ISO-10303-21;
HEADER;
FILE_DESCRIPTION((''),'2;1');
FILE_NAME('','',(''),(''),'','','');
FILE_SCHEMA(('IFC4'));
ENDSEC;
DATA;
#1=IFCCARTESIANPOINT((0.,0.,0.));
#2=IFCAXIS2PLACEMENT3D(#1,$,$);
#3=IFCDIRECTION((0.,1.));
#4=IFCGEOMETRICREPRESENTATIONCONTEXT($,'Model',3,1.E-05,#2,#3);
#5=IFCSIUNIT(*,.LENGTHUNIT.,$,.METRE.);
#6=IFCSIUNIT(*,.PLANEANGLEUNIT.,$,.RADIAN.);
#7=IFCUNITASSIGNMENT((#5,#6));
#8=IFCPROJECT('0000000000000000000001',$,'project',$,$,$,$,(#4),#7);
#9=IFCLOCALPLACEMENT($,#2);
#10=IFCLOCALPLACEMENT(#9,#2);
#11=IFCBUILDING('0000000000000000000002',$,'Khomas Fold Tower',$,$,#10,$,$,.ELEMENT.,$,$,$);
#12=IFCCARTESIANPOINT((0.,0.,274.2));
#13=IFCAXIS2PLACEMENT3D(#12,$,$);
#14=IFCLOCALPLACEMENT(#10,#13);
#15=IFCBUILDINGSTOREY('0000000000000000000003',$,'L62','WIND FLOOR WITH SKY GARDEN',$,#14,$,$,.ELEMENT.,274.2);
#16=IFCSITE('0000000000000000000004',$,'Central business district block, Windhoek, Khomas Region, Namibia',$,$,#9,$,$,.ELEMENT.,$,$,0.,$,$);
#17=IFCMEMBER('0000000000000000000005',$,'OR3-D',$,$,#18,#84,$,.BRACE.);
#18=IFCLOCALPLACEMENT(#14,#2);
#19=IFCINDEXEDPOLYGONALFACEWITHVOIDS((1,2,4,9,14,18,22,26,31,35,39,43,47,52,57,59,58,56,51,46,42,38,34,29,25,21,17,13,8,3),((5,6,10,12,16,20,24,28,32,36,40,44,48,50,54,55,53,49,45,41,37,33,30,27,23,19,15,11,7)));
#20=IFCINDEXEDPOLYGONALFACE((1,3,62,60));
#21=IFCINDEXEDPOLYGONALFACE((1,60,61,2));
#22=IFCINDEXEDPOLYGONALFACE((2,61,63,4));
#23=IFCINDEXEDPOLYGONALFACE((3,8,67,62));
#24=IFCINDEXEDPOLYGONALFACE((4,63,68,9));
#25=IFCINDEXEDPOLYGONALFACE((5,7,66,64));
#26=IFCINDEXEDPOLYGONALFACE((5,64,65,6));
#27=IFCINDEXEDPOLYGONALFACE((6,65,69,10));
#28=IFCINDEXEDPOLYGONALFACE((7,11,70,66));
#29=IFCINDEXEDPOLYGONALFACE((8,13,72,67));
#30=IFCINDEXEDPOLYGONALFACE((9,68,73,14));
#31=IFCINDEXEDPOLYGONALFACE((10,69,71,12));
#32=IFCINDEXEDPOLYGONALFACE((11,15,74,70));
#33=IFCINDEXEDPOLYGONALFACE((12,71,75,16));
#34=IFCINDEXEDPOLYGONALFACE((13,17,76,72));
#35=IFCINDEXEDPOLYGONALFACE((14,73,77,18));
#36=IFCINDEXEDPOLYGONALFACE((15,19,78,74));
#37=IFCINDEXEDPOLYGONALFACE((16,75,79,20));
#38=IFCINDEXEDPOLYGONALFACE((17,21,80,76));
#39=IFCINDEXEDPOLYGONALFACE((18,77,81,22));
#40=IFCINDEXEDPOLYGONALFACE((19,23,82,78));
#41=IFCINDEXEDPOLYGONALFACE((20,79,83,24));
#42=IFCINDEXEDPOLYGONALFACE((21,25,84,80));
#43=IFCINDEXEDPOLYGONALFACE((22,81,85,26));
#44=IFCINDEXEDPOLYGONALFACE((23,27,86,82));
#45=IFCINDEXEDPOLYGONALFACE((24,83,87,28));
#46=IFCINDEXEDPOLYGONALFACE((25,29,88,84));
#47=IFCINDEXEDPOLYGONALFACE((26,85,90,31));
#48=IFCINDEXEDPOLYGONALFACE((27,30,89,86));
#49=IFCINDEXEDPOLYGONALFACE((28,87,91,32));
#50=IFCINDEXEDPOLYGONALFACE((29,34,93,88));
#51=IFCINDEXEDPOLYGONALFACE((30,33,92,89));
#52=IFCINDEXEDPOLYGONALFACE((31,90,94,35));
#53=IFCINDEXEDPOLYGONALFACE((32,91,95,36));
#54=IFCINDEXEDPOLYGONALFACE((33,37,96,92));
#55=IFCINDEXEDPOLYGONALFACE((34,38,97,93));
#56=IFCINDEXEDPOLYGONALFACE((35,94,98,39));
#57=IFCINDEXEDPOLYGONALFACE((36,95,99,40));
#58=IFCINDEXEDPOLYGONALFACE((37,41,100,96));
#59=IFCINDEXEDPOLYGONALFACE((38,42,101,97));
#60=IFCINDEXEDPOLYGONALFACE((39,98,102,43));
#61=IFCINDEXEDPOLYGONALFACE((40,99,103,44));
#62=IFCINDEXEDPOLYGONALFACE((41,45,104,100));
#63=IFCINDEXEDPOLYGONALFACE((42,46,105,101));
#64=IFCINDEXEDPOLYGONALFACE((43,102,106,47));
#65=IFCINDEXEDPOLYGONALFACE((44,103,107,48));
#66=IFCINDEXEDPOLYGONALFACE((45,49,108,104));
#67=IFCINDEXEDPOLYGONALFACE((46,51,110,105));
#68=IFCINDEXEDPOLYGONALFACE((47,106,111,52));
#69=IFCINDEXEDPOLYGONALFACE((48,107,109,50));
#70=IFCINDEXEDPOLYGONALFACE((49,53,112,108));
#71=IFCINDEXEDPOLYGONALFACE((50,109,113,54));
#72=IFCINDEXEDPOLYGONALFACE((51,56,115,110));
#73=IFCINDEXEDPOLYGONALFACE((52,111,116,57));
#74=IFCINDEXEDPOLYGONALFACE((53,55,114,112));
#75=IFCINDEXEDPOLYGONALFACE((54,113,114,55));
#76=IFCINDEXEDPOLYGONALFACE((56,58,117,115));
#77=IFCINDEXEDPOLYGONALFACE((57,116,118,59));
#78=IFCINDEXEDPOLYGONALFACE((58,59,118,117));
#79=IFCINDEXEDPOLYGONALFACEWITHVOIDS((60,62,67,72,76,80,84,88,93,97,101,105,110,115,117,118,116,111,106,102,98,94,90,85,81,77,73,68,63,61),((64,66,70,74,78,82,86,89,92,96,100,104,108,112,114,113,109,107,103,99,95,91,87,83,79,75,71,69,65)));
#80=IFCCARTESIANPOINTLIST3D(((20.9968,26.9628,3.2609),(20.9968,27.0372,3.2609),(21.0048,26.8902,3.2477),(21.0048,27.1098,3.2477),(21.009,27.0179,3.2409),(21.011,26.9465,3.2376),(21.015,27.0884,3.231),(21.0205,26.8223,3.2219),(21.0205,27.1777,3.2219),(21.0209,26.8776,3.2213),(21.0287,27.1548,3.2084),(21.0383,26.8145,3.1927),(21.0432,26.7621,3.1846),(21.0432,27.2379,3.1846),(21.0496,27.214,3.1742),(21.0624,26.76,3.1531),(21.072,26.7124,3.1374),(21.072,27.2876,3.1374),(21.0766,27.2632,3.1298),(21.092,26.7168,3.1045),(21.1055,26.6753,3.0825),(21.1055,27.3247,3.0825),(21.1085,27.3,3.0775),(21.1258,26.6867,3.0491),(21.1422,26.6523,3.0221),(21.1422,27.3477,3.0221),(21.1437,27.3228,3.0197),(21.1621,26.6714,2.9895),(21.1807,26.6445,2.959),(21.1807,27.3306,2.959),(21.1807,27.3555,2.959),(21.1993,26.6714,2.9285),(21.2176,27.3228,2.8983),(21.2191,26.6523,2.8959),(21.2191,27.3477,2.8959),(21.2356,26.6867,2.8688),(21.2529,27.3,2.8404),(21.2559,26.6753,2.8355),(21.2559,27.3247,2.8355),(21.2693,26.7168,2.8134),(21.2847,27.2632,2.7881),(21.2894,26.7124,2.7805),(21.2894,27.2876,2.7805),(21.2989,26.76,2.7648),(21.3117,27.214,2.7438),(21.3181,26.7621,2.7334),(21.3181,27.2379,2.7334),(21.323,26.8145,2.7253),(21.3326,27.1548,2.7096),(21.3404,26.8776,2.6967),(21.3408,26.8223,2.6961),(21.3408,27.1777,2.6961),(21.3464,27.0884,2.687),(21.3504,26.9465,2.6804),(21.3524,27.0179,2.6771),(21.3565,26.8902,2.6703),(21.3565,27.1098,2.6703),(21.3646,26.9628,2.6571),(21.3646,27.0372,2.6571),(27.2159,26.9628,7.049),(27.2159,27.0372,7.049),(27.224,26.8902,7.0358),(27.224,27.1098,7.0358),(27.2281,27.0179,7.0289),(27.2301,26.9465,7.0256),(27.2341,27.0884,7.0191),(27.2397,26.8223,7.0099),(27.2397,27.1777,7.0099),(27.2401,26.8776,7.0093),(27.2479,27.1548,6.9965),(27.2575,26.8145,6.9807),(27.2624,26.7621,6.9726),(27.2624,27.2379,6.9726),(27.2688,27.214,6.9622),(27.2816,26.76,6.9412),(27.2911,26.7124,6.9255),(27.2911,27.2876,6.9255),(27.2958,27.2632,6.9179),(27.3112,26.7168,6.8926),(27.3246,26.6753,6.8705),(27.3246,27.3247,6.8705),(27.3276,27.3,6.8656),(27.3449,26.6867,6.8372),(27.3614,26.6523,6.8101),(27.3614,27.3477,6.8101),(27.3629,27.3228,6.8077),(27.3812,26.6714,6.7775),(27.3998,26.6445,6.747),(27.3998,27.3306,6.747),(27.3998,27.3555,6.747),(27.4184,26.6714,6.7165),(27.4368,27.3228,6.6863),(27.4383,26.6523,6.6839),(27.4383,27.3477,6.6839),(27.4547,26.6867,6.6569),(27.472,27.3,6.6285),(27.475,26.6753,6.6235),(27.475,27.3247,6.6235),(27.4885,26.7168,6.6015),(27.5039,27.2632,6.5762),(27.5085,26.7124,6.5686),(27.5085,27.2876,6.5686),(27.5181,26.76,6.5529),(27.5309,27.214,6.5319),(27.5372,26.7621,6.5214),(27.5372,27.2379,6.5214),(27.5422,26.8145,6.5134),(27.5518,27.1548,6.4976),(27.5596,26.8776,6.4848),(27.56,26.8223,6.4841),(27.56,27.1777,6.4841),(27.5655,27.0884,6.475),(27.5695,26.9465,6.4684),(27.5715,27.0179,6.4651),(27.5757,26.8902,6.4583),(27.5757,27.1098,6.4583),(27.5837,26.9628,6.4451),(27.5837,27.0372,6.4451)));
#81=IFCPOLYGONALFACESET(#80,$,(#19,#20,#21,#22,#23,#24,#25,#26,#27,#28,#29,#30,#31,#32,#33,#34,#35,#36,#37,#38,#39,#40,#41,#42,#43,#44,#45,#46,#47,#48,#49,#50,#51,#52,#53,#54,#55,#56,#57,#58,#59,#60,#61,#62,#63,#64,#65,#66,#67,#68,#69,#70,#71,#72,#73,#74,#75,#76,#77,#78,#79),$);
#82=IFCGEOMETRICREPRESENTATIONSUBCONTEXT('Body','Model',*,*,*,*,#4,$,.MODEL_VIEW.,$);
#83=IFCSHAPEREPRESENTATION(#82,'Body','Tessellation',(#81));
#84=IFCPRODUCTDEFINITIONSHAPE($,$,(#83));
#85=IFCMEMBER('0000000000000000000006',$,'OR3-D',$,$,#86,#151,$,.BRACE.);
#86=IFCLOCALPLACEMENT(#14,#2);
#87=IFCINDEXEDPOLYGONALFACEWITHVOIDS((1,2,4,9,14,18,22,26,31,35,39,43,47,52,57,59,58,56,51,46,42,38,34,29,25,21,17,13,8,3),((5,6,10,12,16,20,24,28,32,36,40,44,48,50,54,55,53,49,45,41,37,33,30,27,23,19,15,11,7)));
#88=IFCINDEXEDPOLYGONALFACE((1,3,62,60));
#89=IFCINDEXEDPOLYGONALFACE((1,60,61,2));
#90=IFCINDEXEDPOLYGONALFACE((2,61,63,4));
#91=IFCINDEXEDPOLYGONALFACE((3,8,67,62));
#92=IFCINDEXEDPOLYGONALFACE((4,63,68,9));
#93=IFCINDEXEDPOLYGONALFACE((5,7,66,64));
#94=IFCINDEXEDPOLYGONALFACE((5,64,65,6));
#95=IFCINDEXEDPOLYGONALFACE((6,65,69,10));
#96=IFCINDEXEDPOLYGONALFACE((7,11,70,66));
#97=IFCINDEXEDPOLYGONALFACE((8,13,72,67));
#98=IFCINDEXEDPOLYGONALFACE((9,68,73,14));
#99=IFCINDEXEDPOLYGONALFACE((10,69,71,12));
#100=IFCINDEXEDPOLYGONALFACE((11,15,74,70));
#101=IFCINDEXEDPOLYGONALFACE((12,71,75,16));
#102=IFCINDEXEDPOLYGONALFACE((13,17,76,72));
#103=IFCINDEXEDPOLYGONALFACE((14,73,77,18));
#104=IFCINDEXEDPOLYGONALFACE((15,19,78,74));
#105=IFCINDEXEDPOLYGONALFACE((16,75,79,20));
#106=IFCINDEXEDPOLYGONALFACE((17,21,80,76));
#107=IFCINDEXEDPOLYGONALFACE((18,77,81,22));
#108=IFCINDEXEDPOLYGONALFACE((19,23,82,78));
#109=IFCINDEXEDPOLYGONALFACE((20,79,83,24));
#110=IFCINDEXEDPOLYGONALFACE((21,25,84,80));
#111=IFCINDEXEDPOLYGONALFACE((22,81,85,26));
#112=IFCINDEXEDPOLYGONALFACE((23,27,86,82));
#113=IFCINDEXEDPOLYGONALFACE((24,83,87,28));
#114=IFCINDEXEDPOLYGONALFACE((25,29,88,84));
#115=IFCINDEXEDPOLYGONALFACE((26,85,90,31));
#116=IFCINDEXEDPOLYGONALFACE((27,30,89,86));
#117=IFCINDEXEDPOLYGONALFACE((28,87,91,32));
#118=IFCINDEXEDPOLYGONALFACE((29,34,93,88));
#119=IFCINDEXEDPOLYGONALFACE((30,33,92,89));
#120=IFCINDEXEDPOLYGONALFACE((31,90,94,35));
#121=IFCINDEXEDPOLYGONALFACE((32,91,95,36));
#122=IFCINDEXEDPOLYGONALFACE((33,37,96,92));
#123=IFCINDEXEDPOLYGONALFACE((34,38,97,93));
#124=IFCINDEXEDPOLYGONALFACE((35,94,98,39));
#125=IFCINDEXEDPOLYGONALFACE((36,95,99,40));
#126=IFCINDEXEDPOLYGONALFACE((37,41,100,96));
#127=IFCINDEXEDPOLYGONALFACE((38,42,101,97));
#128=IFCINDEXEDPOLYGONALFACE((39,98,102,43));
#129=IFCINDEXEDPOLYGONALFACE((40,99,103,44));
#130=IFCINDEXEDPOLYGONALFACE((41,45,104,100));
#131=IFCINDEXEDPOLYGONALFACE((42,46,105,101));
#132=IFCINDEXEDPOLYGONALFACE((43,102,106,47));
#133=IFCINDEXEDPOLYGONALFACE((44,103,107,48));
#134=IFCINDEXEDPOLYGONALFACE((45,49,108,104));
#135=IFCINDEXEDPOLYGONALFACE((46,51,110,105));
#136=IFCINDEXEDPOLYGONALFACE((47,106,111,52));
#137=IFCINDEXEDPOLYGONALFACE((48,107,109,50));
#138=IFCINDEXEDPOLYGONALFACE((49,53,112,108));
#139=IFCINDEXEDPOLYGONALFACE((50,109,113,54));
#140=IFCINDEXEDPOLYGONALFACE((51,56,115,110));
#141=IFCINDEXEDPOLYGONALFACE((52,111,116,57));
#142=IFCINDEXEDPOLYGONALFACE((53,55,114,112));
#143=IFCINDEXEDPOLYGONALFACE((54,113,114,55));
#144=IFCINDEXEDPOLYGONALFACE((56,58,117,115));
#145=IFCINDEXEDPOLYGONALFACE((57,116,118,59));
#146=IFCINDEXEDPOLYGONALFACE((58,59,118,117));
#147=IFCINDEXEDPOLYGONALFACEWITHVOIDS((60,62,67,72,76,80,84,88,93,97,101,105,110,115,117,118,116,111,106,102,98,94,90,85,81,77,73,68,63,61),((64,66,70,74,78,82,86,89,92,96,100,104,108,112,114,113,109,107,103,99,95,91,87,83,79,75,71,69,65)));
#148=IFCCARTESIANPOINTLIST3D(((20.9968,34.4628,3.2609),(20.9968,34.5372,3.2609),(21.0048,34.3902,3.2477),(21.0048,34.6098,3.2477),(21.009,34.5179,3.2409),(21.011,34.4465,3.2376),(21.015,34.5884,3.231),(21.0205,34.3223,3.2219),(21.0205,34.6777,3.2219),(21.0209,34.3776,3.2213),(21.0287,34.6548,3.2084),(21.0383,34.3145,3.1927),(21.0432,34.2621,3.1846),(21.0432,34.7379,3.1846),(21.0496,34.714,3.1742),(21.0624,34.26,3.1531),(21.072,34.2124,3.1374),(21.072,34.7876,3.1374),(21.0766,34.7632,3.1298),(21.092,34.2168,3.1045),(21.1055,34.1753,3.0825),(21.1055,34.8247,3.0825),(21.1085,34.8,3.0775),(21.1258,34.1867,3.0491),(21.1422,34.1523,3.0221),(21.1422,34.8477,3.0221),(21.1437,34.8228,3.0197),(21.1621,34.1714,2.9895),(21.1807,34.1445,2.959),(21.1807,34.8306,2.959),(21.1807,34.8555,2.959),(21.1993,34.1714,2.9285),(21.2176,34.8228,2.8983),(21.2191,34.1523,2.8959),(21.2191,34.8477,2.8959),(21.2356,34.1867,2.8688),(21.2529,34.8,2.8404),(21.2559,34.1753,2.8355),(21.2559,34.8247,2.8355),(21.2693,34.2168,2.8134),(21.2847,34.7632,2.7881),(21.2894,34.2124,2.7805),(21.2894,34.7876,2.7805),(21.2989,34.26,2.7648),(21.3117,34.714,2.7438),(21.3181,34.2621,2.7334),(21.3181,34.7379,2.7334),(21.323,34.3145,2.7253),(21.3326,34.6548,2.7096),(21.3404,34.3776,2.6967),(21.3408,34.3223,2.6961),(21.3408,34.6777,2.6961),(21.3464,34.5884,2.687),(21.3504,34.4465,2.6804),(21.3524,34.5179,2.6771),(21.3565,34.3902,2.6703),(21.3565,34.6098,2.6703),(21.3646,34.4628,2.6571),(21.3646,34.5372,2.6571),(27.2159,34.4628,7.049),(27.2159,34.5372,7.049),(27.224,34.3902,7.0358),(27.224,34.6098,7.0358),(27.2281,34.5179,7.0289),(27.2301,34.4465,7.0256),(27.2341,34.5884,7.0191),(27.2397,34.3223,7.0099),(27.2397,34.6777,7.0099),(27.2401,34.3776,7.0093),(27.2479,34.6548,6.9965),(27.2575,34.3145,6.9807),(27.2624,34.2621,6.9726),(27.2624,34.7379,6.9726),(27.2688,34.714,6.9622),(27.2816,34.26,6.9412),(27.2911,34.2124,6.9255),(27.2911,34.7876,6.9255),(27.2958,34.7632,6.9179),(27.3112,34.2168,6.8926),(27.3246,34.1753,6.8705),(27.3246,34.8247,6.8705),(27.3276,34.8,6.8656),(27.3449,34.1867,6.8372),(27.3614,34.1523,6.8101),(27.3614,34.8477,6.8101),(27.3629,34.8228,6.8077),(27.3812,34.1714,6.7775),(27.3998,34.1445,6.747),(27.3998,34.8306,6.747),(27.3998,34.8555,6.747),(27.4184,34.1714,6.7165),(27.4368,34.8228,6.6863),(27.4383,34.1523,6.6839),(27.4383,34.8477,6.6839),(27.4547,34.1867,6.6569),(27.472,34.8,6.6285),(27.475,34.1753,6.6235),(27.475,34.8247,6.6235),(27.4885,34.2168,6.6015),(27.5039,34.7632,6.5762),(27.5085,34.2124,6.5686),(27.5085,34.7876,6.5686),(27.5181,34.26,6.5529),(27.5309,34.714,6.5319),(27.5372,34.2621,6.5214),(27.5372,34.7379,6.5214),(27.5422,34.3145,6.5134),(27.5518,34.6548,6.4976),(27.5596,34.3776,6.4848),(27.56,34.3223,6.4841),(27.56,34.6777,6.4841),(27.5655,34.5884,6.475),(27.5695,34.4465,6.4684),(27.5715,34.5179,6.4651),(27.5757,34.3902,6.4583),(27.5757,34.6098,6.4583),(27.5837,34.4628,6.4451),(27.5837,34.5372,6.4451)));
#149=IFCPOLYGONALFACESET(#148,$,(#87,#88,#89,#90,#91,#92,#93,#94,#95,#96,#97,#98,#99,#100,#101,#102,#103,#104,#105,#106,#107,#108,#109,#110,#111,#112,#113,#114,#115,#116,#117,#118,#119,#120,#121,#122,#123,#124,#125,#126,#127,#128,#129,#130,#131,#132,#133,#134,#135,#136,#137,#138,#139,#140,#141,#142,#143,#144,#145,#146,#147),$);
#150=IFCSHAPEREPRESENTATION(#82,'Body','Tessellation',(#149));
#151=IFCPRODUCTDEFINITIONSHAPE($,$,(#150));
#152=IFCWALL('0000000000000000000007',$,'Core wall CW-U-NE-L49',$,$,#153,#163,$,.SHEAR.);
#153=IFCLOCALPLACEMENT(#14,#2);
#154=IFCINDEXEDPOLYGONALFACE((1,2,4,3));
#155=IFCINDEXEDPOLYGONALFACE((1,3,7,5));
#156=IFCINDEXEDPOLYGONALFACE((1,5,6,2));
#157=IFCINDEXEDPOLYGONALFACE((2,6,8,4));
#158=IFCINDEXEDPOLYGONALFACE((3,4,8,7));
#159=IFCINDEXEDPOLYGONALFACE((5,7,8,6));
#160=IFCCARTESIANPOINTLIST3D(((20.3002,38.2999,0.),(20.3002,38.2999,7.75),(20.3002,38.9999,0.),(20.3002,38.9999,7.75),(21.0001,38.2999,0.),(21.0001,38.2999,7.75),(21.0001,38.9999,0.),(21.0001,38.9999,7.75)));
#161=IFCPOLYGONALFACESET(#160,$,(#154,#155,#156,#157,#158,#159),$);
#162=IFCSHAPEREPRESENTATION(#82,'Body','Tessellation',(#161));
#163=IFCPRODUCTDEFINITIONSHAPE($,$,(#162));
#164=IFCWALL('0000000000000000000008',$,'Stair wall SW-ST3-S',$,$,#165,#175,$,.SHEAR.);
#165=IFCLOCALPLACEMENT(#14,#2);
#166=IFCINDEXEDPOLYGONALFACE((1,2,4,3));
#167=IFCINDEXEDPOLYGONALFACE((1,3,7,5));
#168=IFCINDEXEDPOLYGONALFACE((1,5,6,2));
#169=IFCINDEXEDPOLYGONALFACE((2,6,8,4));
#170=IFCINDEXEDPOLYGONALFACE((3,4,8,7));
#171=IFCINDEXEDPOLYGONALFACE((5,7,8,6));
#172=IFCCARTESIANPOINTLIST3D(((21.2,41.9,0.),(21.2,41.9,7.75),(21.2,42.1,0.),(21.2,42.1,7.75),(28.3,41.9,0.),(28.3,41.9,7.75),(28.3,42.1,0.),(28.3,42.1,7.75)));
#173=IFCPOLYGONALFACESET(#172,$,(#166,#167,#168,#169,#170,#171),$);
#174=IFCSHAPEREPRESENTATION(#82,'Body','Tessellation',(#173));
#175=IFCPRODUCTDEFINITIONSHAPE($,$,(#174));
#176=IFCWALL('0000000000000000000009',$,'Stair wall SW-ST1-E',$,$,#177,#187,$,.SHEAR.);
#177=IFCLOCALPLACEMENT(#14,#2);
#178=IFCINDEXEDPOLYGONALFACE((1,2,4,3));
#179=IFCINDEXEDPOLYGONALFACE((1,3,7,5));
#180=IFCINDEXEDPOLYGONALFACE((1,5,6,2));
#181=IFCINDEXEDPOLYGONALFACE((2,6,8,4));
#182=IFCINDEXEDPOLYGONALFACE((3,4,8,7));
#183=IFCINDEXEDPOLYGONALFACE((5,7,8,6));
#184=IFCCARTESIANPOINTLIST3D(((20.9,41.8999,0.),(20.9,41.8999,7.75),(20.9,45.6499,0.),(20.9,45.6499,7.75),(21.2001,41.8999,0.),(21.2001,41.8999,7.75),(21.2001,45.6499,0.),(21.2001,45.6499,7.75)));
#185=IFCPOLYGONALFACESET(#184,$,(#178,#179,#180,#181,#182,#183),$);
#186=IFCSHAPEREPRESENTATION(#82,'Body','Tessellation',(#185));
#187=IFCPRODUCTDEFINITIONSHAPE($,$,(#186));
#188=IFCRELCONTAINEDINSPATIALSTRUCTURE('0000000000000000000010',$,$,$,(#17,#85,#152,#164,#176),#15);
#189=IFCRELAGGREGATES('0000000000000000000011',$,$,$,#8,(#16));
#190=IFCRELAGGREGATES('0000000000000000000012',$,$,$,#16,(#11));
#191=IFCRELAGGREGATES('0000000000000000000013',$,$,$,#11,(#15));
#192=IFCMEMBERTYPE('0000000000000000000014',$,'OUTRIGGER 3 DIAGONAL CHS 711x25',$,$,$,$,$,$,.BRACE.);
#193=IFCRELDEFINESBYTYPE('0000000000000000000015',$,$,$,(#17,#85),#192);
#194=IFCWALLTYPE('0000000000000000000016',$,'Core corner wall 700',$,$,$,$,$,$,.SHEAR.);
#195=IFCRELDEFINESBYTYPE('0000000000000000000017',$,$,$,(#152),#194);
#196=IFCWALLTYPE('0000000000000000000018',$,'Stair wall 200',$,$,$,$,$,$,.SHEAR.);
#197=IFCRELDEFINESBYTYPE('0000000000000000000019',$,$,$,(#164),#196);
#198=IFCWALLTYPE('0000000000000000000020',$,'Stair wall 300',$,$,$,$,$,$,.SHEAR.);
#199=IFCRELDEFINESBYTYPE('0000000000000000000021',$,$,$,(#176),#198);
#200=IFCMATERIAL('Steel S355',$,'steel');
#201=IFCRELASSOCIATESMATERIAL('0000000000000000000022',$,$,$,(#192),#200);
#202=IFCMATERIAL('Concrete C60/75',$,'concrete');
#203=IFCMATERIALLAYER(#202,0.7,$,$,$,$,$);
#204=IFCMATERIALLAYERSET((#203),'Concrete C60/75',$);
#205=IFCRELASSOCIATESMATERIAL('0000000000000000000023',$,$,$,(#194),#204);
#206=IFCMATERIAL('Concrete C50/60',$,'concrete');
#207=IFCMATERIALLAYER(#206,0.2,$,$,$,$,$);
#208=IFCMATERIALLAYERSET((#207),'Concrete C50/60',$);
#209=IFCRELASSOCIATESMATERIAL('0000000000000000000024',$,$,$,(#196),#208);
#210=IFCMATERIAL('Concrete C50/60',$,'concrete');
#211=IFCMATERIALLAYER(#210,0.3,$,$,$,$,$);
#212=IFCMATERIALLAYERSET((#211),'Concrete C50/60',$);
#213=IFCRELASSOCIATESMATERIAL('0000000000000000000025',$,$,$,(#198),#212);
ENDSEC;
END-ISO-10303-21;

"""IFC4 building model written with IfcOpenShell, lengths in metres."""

from ifc_helpers import new_model, si_unit, direction, frame, frame_2d, origin, origin_2d, place, context, subcontext, project, spatial, rectangle, hollow_circle, extrude, source, transform, mapped, material, layer, layer_set, material_profile, profile_set, type_object, element, save


model = new_model("IFC4")

# Units and contexts
model_context = context("Model", 3, precision=1e-05, world=origin(), true_north=direction((0.0, 1.0)))
body_context = subcontext(model_context, "Body", "Model", "MODEL_VIEW")
ifc_project = project(units=[si_unit("LENGTHUNIT", "METRE"), si_unit("PLANEANGLEUNIT", "RADIAN")], contexts=[model_context])

# Site, building, storey
site_placement = place(None, origin())
site = spatial("IfcSite", under=ifc_project, at=site_placement, Name="Central business district block, Windhoek, Khomas Region, Namibia", CompositionType="ELEMENT", RefElevation=0.0)
building_placement = place(site_placement, origin())
building = spatial("IfcBuilding", under=site, at=building_placement, Name="Khomas Fold Tower", CompositionType="ELEMENT")
storey_placement = place(building_placement, frame((0.0, 0.0, 274.2)))
storey = spatial("IfcBuildingStorey", under=building, at=storey_placement, Name="L62", Description="WIND FLOOR WITH SKY GARDEN", CompositionType="ELEMENT", Elevation=274.2)

# Members
ifc_material_1 = material(Name="Steel S355", Category="steel")
ifc_material_profile_1 = material_profile(ifc_material_1, hollow_circle(Radius=0.3555, WallThickness=0.0249, at=origin_2d()), Name="CHS 711x25")
ifc_profile_set_1 = profile_set([ifc_material_profile_1], Name="Steel S355")
member_type_1 = type_object("IfcMemberType", Name="OUTRIGGER 3 DIAGONAL CHS 711x25", PredefinedType="BRACE", material=ifc_profile_set_1)
shared_shape_1 = source(origin(), body_context, "Body", "SweptSolid", [
    extrude(hollow_circle(Radius=0.3555, WallThickness=0.0249, at=origin_2d()), origin(), (0.0, 0.0, 1.0), 7.282),
])
for number, where, z_axis, x_axis, name in (
    (1, (21.1807, 27.0, 2.959), (0.854048, 0.0, 0.520194), (0.0, 1.0, 0.0), "OR3-D"),
    (2, (21.1807, 34.5, 2.959), (0.854048, 0.0, 0.520194), (0.0, 1.0, 0.0), "OR3-D"),
):
    element("IfcMember", number, at=place(storey_placement, frame(where, z_axis=z_axis, x_axis=x_axis)), inside=storey, type_object=member_type_1, Name=name, PredefinedType="BRACE", context=body_context, shape_type="MappedRepresentation", body=[
        mapped(shared_shape_1, transform((0.0, 0.0, 0.0))),
    ])

# Walls
ifc_material_2 = material(Name="Concrete C60/75", Category="concrete")
ifc_layer_1 = layer(ifc_material_2, 0.7)
ifc_layer_set_1 = layer_set([ifc_layer_1], Name="Concrete C60/75")
wall_type_1 = type_object("IfcWallType", Name="Core corner wall 700", PredefinedType="SHEAR", material=ifc_layer_set_1)
shared_shape_2 = source(origin(), body_context, "Body", "SweptSolid", [
    extrude(rectangle(XDim=0.7, YDim=0.7, at=frame_2d((0.3501, 0.0))), origin(), (0.0, 0.0, 1.0), 7.75),
])
wall_1_placement = place(storey_placement, frame((20.3, 38.6499, 0.0), z_axis=(0.0, 0.0, 1.0), x_axis=(1.0, 0.0, 0.0)))
element("IfcWall", 3, at=wall_1_placement, inside=storey, type_object=wall_type_1, Name="Core wall CW-U-NE-L49", PredefinedType="SHEAR", context=body_context, shape_type="MappedRepresentation", body=[
    mapped(shared_shape_2, transform((0.0, 0.0, 0.0))),
])
ifc_material_3 = material(Name="Concrete C50/60", Category="concrete")
ifc_layer_2 = layer(ifc_material_3, 0.2)
ifc_layer_set_2 = layer_set([ifc_layer_2], Name="Concrete C50/60")
wall_type_2 = type_object("IfcWallType", Name="Stair wall 200", PredefinedType="SHEAR", material=ifc_layer_set_2)
shared_shape_3 = source(origin(), body_context, "Body", "SweptSolid", [
    extrude(rectangle(XDim=7.1001, YDim=0.2, at=frame_2d((3.55, 0.0))), origin(), (0.0, 0.0, 1.0), 7.75),
])
wall_2_placement = place(storey_placement, frame((21.2, 42.0, 0.0), z_axis=(0.0, 0.0, 1.0), x_axis=(1.0, 0.0, 0.0)))
element("IfcWall", 4, at=wall_2_placement, inside=storey, type_object=wall_type_2, Name="Stair wall SW-ST3-S", PredefinedType="SHEAR", context=body_context, shape_type="MappedRepresentation", body=[
    mapped(shared_shape_3, transform((0.0, 0.0, 0.0))),
])
ifc_material_4 = material(Name="Concrete C50/60", Category="concrete")
ifc_layer_3 = layer(ifc_material_4, 0.3)
ifc_layer_set_3 = layer_set([ifc_layer_3], Name="Concrete C50/60")
wall_type_3 = type_object("IfcWallType", Name="Stair wall 300", PredefinedType="SHEAR", material=ifc_layer_set_3)
shared_shape_4 = source(origin(), body_context, "Body", "SweptSolid", [
    extrude(rectangle(XDim=3.75, YDim=0.3, at=frame_2d((1.875, 0.0))), origin(), (0.0, 0.0, 1.0), 7.75),
])
wall_3_placement = place(storey_placement, frame((21.05, 41.8999, 0.0), z_axis=(0.0, 0.0, 1.0), x_axis=(0.0, 1.0, 0.0)))
element("IfcWall", 5, at=wall_3_placement, inside=storey, type_object=wall_type_3, Name="Stair wall SW-ST1-E", PredefinedType="SHEAR", context=body_context, shape_type="MappedRepresentation", body=[
    mapped(shared_shape_4, transform((0.0, 0.0, 0.0))),
])

save(model, "model.ifc")
